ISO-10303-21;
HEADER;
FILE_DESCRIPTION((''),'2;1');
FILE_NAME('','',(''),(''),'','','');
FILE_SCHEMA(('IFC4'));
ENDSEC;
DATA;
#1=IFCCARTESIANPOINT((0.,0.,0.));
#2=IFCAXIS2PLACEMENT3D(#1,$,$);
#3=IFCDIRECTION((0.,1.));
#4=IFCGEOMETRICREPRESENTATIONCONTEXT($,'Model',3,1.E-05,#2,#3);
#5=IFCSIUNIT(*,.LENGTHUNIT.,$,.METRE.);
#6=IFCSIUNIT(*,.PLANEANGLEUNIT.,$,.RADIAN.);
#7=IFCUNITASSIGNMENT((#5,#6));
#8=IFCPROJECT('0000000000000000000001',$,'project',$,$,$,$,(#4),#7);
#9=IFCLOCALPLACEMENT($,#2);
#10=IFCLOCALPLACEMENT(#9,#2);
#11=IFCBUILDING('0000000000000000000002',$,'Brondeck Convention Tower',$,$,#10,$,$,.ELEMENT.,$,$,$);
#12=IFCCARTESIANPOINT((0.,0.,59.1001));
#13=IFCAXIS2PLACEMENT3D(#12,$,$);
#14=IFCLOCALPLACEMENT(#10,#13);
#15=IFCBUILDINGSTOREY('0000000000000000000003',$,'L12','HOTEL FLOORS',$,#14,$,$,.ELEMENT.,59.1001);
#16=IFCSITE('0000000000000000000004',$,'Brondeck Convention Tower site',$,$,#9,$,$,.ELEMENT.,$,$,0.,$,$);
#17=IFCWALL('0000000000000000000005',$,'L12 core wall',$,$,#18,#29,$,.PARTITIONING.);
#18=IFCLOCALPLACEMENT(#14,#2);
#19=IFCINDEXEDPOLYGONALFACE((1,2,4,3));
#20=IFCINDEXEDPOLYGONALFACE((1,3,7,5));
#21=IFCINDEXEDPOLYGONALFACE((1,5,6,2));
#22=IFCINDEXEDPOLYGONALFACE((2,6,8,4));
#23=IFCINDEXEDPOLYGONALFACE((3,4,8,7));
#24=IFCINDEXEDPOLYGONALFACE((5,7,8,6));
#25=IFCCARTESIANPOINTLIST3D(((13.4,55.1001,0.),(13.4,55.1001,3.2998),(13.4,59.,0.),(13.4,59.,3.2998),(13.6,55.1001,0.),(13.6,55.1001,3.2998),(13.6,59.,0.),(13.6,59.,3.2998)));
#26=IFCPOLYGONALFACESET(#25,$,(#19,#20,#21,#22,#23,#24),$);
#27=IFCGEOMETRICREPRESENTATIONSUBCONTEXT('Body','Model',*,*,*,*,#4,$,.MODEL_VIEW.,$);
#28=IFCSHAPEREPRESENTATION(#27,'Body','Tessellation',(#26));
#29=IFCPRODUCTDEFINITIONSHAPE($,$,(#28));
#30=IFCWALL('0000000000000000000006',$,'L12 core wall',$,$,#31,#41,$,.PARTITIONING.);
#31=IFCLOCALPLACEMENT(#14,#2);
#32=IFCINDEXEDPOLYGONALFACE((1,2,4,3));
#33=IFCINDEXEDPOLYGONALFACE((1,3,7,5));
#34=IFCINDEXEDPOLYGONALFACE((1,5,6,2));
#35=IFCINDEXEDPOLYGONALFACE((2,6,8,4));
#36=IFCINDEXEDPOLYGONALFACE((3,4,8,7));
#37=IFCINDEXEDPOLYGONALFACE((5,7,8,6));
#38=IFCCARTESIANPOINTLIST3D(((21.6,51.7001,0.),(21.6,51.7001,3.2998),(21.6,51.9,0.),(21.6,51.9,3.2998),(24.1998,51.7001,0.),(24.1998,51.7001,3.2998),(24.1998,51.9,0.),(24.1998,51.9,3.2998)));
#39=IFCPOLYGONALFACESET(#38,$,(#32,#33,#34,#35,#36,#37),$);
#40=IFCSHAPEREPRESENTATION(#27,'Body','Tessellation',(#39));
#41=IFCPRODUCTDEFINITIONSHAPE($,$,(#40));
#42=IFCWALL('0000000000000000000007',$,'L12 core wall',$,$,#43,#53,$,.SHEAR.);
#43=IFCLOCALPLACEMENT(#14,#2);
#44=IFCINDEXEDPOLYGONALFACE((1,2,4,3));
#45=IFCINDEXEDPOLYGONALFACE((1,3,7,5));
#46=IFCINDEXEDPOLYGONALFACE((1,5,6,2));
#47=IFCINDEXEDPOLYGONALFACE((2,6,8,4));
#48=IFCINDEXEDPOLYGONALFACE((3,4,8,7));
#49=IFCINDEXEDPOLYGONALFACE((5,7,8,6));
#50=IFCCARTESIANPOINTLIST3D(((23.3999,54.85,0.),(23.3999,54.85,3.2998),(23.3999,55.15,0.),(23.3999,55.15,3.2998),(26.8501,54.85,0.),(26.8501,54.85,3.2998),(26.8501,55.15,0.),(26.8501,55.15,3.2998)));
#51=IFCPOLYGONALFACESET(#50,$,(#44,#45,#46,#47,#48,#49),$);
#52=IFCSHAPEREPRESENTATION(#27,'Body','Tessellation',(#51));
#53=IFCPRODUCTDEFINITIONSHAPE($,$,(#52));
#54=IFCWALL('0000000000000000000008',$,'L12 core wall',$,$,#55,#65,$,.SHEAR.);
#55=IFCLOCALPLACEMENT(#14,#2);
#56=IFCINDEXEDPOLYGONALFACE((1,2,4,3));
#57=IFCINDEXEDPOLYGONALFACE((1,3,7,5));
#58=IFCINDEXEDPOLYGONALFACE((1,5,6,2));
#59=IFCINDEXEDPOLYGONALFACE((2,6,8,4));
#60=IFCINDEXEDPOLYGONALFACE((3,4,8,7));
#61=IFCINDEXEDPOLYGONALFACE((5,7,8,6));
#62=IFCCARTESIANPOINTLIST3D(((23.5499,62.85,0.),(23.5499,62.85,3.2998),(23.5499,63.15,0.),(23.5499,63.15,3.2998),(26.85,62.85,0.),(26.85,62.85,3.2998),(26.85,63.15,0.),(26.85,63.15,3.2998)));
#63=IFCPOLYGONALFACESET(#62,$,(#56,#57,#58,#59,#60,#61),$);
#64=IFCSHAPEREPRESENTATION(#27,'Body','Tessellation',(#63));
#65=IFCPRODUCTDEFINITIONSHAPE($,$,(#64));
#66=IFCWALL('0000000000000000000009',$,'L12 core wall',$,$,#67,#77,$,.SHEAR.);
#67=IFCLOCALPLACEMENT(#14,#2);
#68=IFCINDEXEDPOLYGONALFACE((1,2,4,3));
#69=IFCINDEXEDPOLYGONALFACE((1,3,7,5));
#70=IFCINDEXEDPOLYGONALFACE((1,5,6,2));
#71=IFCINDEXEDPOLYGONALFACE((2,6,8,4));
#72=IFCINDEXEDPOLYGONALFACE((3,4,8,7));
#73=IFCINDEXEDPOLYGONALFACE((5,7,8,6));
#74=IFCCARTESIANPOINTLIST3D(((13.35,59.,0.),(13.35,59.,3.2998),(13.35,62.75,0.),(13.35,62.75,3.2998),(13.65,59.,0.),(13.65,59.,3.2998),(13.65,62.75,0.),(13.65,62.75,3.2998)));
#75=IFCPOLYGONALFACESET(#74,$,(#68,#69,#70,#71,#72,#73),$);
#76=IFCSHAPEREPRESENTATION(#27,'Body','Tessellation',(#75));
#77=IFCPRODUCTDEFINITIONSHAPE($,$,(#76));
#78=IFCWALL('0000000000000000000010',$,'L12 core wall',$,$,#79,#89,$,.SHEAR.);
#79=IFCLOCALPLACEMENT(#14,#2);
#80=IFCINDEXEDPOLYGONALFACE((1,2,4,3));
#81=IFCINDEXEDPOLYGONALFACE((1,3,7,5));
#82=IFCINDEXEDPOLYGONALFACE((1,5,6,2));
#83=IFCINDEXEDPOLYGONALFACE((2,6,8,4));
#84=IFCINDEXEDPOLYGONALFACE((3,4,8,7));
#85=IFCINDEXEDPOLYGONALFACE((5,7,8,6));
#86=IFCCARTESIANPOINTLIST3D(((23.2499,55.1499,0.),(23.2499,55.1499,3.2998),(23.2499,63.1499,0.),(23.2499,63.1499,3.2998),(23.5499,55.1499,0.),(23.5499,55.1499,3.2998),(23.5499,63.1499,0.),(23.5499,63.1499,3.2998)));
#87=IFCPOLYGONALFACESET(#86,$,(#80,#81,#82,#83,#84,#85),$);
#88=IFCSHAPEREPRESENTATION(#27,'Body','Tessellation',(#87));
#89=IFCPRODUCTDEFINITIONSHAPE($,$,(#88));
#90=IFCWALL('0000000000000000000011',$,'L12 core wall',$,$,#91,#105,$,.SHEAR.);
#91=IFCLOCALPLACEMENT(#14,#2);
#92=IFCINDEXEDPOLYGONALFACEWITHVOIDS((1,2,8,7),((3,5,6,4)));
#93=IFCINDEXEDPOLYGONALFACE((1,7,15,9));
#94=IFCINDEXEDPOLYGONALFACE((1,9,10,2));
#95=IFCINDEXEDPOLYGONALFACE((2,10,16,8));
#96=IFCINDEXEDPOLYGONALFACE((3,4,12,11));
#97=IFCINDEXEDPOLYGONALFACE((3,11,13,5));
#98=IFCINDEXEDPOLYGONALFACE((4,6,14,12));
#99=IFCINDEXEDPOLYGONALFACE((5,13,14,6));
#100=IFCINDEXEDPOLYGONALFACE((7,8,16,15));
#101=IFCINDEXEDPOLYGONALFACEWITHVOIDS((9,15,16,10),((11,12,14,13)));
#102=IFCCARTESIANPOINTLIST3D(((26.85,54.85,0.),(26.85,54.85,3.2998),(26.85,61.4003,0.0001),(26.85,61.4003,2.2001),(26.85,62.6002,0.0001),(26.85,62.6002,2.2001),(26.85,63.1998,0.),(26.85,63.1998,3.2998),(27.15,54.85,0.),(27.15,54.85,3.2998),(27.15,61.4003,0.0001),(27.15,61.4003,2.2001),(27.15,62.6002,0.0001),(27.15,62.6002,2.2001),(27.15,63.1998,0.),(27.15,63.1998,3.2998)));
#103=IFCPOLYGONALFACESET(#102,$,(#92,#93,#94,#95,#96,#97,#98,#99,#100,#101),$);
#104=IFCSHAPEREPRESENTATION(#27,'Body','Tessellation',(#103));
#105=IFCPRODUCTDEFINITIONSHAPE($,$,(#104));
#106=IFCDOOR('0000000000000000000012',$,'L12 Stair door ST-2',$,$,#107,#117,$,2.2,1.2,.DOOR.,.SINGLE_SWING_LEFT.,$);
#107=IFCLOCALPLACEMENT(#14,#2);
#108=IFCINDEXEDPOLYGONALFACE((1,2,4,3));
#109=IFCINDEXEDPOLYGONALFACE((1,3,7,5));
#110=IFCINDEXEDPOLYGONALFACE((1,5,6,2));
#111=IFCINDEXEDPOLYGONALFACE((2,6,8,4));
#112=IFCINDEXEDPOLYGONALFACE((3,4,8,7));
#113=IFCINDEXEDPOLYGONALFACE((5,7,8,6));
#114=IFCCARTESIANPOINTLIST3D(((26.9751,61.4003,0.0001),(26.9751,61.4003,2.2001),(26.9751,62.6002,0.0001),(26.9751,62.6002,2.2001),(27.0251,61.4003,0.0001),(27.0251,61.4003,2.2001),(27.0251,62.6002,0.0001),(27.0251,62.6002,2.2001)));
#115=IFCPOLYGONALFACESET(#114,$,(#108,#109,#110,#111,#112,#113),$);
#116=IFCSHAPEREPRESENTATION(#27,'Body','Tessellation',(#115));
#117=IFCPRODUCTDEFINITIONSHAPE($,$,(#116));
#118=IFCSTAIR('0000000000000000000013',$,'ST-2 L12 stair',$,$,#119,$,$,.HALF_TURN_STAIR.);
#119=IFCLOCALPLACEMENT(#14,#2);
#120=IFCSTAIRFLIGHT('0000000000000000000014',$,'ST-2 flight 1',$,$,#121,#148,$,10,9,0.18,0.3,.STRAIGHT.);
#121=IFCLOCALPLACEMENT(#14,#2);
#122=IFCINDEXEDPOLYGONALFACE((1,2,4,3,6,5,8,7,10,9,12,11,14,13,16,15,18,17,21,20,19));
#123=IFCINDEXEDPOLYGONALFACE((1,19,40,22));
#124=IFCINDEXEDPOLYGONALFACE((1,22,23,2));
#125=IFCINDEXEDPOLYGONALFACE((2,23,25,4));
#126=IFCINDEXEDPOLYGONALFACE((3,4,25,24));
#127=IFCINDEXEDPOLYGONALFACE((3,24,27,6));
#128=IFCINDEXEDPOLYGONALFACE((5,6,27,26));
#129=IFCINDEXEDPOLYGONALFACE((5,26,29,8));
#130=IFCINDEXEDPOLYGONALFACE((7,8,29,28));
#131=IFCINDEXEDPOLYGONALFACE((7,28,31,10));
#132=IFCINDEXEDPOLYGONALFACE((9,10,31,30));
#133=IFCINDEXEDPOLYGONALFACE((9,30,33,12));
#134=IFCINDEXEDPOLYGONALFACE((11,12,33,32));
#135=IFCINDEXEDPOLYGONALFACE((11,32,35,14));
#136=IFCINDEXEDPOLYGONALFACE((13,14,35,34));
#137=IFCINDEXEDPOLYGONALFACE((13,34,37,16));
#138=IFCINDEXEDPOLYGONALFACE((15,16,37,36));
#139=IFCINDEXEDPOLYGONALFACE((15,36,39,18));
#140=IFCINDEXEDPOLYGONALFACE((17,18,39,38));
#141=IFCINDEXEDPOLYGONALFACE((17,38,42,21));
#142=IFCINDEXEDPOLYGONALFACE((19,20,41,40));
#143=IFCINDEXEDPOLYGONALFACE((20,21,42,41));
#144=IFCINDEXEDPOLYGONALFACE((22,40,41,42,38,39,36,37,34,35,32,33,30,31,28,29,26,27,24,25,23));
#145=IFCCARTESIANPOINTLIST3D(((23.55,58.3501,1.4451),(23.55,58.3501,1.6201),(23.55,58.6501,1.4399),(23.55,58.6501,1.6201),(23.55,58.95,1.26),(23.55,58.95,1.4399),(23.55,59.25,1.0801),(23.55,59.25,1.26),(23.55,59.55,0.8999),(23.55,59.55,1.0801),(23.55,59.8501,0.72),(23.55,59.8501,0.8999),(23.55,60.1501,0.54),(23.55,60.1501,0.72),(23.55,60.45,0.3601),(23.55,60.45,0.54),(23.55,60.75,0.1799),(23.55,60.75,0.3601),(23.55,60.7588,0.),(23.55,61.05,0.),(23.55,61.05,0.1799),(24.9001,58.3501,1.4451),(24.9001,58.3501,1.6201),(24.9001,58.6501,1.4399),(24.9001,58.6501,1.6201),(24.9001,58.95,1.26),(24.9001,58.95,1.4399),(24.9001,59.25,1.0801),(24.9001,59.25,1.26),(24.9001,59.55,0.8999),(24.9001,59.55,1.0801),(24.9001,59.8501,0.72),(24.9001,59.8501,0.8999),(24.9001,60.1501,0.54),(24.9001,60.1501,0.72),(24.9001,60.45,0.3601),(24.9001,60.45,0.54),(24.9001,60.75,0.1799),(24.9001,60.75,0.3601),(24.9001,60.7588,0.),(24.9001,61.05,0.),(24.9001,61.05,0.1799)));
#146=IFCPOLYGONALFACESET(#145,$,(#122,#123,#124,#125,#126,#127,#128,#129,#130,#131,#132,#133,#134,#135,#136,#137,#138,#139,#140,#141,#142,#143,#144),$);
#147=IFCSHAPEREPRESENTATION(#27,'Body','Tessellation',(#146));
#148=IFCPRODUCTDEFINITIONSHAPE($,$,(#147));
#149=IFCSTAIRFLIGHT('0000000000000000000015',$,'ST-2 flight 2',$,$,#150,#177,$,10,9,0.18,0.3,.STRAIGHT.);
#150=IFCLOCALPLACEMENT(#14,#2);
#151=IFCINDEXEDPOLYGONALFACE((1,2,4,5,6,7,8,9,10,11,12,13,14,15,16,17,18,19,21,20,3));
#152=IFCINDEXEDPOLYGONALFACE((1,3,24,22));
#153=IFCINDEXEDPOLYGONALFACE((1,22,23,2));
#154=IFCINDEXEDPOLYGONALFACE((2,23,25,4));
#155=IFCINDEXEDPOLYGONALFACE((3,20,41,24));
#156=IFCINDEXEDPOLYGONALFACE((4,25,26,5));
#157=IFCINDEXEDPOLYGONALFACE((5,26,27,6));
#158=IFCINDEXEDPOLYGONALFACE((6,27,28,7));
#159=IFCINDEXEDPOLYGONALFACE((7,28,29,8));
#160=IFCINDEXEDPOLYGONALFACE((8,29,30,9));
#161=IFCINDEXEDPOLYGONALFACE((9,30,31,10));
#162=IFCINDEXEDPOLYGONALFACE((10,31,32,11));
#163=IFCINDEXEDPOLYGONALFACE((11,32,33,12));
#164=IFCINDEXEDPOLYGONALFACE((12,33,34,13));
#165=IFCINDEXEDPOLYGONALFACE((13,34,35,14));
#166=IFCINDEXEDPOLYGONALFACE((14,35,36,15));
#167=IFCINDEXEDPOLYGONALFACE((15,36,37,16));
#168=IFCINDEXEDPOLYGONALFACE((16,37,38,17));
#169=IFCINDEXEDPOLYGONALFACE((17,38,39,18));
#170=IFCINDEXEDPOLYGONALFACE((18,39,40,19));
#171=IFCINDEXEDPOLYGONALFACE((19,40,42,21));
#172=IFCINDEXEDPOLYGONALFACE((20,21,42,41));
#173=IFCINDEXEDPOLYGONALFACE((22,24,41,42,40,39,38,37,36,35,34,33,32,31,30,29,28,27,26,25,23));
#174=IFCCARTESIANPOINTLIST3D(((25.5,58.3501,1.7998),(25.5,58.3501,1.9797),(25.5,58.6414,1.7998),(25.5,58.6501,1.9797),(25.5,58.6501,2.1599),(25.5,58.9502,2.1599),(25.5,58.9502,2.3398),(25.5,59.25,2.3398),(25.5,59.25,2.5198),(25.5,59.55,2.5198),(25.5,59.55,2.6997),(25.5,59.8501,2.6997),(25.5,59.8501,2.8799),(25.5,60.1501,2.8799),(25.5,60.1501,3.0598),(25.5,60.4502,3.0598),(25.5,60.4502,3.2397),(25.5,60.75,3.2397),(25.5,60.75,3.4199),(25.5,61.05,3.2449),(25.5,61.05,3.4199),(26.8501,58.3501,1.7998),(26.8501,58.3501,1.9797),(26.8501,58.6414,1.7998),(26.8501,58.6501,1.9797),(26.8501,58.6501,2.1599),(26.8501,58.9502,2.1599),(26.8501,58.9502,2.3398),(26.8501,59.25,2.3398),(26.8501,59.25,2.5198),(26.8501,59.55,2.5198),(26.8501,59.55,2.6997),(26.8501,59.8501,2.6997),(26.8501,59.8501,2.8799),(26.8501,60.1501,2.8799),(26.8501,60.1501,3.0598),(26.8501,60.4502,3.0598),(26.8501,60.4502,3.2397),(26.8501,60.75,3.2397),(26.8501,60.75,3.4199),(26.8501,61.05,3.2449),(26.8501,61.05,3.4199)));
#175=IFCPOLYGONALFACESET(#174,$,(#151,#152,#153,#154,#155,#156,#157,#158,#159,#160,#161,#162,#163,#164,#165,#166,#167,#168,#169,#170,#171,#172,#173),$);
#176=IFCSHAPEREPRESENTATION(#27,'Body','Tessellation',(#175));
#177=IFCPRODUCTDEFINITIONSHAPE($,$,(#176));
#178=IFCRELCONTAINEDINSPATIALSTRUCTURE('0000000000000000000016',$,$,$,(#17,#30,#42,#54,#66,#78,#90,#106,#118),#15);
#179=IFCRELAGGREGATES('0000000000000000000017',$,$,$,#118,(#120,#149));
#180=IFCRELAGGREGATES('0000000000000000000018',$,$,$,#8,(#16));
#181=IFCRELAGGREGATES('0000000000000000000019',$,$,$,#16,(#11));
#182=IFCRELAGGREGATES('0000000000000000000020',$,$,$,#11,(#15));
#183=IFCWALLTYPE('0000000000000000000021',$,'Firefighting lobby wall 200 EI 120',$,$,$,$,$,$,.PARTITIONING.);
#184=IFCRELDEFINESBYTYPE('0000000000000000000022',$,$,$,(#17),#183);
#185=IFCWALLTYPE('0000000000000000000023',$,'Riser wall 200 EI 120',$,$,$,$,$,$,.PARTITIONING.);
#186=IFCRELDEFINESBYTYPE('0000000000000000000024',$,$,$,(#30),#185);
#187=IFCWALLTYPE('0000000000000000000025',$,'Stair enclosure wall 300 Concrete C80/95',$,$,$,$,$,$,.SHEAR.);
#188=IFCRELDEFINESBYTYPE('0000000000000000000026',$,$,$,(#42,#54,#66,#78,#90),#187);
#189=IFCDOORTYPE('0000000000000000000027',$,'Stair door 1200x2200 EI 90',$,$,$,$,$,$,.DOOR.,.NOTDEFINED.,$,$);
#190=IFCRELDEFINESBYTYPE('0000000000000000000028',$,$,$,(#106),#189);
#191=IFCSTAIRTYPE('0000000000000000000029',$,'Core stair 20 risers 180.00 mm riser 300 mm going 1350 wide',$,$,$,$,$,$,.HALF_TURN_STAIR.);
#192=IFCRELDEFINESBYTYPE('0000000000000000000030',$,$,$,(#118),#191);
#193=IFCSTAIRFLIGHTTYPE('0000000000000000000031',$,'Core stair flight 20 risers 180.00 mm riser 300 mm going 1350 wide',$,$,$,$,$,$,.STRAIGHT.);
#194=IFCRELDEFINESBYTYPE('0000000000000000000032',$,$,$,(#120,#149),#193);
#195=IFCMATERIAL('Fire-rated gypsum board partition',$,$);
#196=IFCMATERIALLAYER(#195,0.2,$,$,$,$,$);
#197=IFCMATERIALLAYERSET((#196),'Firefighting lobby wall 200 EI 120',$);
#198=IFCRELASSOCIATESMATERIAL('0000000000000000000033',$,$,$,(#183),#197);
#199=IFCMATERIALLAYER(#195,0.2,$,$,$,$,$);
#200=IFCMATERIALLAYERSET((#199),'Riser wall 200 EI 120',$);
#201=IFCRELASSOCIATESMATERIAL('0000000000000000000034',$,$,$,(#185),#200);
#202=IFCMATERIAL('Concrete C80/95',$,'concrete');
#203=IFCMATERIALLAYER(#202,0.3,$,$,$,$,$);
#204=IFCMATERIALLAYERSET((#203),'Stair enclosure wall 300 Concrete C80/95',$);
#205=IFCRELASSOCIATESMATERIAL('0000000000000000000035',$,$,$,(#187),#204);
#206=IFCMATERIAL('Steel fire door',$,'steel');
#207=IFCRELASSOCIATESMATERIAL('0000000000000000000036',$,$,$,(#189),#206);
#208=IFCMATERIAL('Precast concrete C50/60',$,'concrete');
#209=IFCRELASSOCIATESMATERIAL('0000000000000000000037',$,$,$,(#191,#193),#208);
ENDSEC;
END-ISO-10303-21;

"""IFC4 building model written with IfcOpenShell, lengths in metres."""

from ifc_helpers import new_model, si_unit, direction, frame, frame_2d, origin, place, context, subcontext, project, spatial, polyline, rectangle, outline, extrude, material, layer, layer_set, type_object, element, fill, aggregate, save


model = new_model("IFC4")

# Units and contexts
model_context = context("Model", 3, precision=1e-05, world=origin(), true_north=direction((0.0, 1.0)))
body_context = subcontext(model_context, "Body", "Model", "MODEL_VIEW")
ifc_project = project(units=[si_unit("LENGTHUNIT", "METRE"), si_unit("PLANEANGLEUNIT", "RADIAN")], contexts=[model_context])

# Site, building, storey
site_placement = place(None, origin())
site = spatial("IfcSite", under=ifc_project, at=site_placement, Name="Brondeck Convention Tower site", CompositionType="ELEMENT", RefElevation=0.0)
building_placement = place(site_placement, origin())
building = spatial("IfcBuilding", under=site, at=building_placement, Name="Brondeck Convention Tower", CompositionType="ELEMENT")
storey_placement = place(building_placement, frame((0.0, 0.0, 59.1001)))
storey = spatial("IfcBuildingStorey", under=building, at=storey_placement, Name="L12", Description="HOTEL FLOORS", CompositionType="ELEMENT", Elevation=59.1001)

# Shared definitions
ifc_material_1 = material(Name="Concrete C80/95", Category="concrete")

# Shared definitions
ifc_material_2 = material(Name="Fire-rated gypsum board partition")
ifc_material_3 = material(Name="Steel fire door", Category="steel")

# Walls
ifc_layer_1 = layer(ifc_material_2, 0.2)
ifc_layer_set_1 = layer_set([ifc_layer_1], Name="Firefighting lobby wall 200 EI 120")
wall_type_1 = type_object("IfcWallType", Name="Firefighting lobby wall 200 EI 120", PredefinedType="PARTITIONING", material=ifc_layer_set_1)
wall_1_placement = place(storey_placement, frame((13.5, 55.1001, 0.0), z_axis=(0.0, 0.0, 1.0), x_axis=(0.0, 1.0, 0.0)))
element("IfcWall", 1, at=wall_1_placement, inside=storey, type_object=wall_type_1, Name="L12 core wall", PredefinedType="PARTITIONING", context=body_context, shape_type="SweptSolid", body=[
    extrude(rectangle(XDim=3.8999, YDim=0.2, at=frame_2d((1.95, 0.0))), origin(), (0.0, 0.0, 1.0), 3.2998),
])
ifc_layer_2 = layer(ifc_material_2, 0.2)
ifc_layer_set_2 = layer_set([ifc_layer_2], Name="Riser wall 200 EI 120")
wall_type_2 = type_object("IfcWallType", Name="Riser wall 200 EI 120", PredefinedType="PARTITIONING", material=ifc_layer_set_2)
wall_2_placement = place(storey_placement, frame((21.6001, 51.8, 0.0), z_axis=(0.0, 0.0, 1.0), x_axis=(1.0, 0.0, 0.0)))
element("IfcWall", 2, at=wall_2_placement, inside=storey, type_object=wall_type_2, Name="L12 core wall", PredefinedType="PARTITIONING", context=body_context, shape_type="SweptSolid", body=[
    extrude(rectangle(XDim=2.5999, YDim=0.2, at=frame_2d((1.2998, 0.0))), origin(), (0.0, 0.0, 1.0), 3.2998),
])
ifc_layer_3 = layer(ifc_material_1, 0.3)
ifc_layer_set_3 = layer_set([ifc_layer_3], Name="Stair enclosure wall 300 Concrete C80/95")
wall_type_3 = type_object("IfcWallType", Name="Stair enclosure wall 300 Concrete C80/95", PredefinedType="SHEAR", material=ifc_layer_set_3)
wall_3_placement = place(storey_placement, frame((23.3999, 55.0, 0.0), z_axis=(0.0, 0.0, 1.0), x_axis=(1.0, 0.0, 0.0)))
element("IfcWall", 3, at=wall_3_placement, inside=storey, type_object=wall_type_3, Name="L12 core wall", PredefinedType="SHEAR", context=body_context, shape_type="SweptSolid", body=[
    extrude(rectangle(XDim=3.4502, YDim=0.3, at=frame_2d((1.7251, 0.0))), origin(), (0.0, 0.0, 1.0), 3.2998),
])
wall_4_placement = place(storey_placement, frame((23.55, 63.0, 0.0), z_axis=(0.0, 0.0, 1.0), x_axis=(1.0, 0.0, 0.0)))
element("IfcWall", 4, at=wall_4_placement, inside=storey, type_object=wall_type_3, Name="L12 core wall", PredefinedType="SHEAR", context=body_context, shape_type="SweptSolid", body=[
    extrude(rectangle(XDim=3.3, YDim=0.3, at=frame_2d((1.6499, 0.0))), origin(), (0.0, 0.0, 1.0), 3.2998),
])
wall_5_placement = place(storey_placement, frame((13.5, 59.0, 0.0), z_axis=(0.0, 0.0, 1.0), x_axis=(0.0, 1.0, 0.0)))
element("IfcWall", 5, at=wall_5_placement, inside=storey, type_object=wall_type_3, Name="L12 core wall", PredefinedType="SHEAR", context=body_context, shape_type="SweptSolid", body=[
    extrude(rectangle(XDim=3.75, YDim=0.3, at=frame_2d((1.875, 0.0))), origin(), (0.0, 0.0, 1.0), 3.2998),
])
wall_6_placement = place(storey_placement, frame((23.3999, 55.1499, 0.0), z_axis=(0.0, 0.0, 1.0), x_axis=(0.0, 1.0, 0.0)))
element("IfcWall", 6, at=wall_6_placement, inside=storey, type_object=wall_type_3, Name="L12 core wall", PredefinedType="SHEAR", context=body_context, shape_type="SweptSolid", body=[
    extrude(rectangle(XDim=8.0, YDim=0.3, at=frame_2d((4.0, 0.0))), origin(), (0.0, 0.0, 1.0), 3.2998),
])

# Wall, opening, door
wall_7_placement = place(storey_placement, frame((27.0, 54.8501, 0.0), z_axis=(0.0, 0.0, 1.0), x_axis=(0.0, 1.0, 0.0)))
wall_7 = element("IfcWall", 7, at=wall_7_placement, inside=storey, type_object=wall_type_3, Name="L12 core wall", PredefinedType="SHEAR", context=body_context, shape_type="SweptSolid", body=[
    extrude(rectangle(XDim=8.3499, YDim=0.3, at=frame_2d((4.1748, 0.0))), origin(), (0.0, 0.0, 1.0), 3.2998),
])
opening_1_placement = place(wall_7_placement, frame((6.55, 0.0, 0.0)))
opening_1 = element("IfcOpeningElement", 8, at=opening_1_placement, cuts=wall_7, PredefinedType="OPENING", context=body_context, shape_type="SweptSolid", body=[
    extrude(rectangle(XDim=1.2, YDim=2.2, at=frame_2d((0.6001, 1.1001))), frame((0.0, 0.1599, 0.0), z_axis=(0.0, -1.0, 0.0), x_axis=(1.0, 0.0, 0.0)), (0.0, 0.0, 1.0), 0.3201),
])
door_type_1 = type_object("IfcDoorType", Name="Stair door 1200x2200 EI 90", OperationType="NOTDEFINED", PredefinedType="DOOR", material=ifc_material_3)
door_1_placement = place(opening_1_placement, origin())
door_1 = element("IfcDoor", 9, at=door_1_placement, inside=storey, type_object=door_type_1, Name="L12 Stair door ST-2", OperationType="SINGLE_SWING_LEFT", OverallHeight=2.2, OverallWidth=1.2, PredefinedType="DOOR", context=body_context, shape_type="SweptSolid", body=[
    extrude(rectangle(XDim=1.2, YDim=2.2, at=frame_2d((0.6001, 1.1001))), frame((0.0, 0.0249, 0.0), z_axis=(0.0, -1.0, 0.0), x_axis=(1.0, 0.0, 0.0)), (0.0, 0.0, 1.0), 0.05),
])
fill(opening_1, door_1)

# Stair, stair flights
ifc_material_4 = material(Name="Precast concrete C50/60", Category="concrete")
stair_type = type_object("IfcStairType", Name="Core stair 20 risers 180.00 mm riser 300 mm going 1350 wide", PredefinedType="HALF_TURN_STAIR", material=ifc_material_4)
stair_1_placement = place(storey_placement, origin())
stair_1 = element("IfcStair", 10, at=stair_1_placement, inside=storey, type_object=stair_type, Name="ST-2 L12 stair", PredefinedType="HALF_TURN_STAIR")
stair_flight_type = type_object("IfcStairFlightType", Name="Core stair flight 20 risers 180.00 mm riser 300 mm going 1350 wide", PredefinedType="STRAIGHT", material=ifc_material_4)
stair_flight_1_placement = place(storey_placement, frame((24.2251, 61.05, 0.0), z_axis=(0.0, 0.0, 1.0), x_axis=(0.0, -1.0, 0.0)))
stair_flight_1 = element("IfcStairFlight", 11, at=stair_flight_1_placement, type_object=stair_flight_type, Name="ST-2 flight 1", NumberOfRisers=10, NumberOfTreads=9, PredefinedType="STRAIGHT", RiserHeight=0.18, TreadLength=0.3, context=body_context, shape_type="SweptSolid", body=[
    extrude(outline(polyline([(0.0, 0.0), (0.0, 0.1799), (0.3, 0.1799), (0.3, 0.3601), (0.6001, 0.3601), (0.6001, 0.54), (0.8999, 0.54), (0.8999, 0.72), (1.2, 0.72), (1.2, 0.8999), (1.5, 0.8999), (1.5, 1.0801), (1.8, 1.0801), (1.8, 1.26), (2.1001, 1.26), (2.1001, 1.4399), (2.3999, 1.4399), (2.3999, 1.6201), (2.7, 1.6201), (2.7, 1.8), (2.7, 1.4451), (0.2913, 0.0), (0.0, 0.0)])), frame((0.0, 0.675, 0.0), z_axis=(0.0, -1.0, 0.0), x_axis=(1.0, 0.0, 0.0)), (0.0, 0.0, 1.0), 1.3501),
])
stair_flight_2_placement = place(storey_placement, frame((26.175, 58.3501, 1.7998), z_axis=(0.0, 0.0, 1.0), x_axis=(0.0, 1.0, 0.0)))
stair_flight_2 = element("IfcStairFlight", 12, at=stair_flight_2_placement, type_object=stair_flight_type, Name="ST-2 flight 2", NumberOfRisers=10, NumberOfTreads=9, PredefinedType="STRAIGHT", RiserHeight=0.18, TreadLength=0.3, context=body_context, shape_type="SweptSolid", body=[
    extrude(outline(polyline([(0.0, 0.0), (0.0, 0.1799), (0.3, 0.1799), (0.3, 0.3601), (0.6001, 0.3601), (0.6001, 0.54), (0.8999, 0.54), (0.8999, 0.72), (1.2, 0.72), (1.2, 0.8999), (1.5, 0.8999), (1.5, 1.0801), (1.8, 1.0801), (1.8, 1.26), (2.1001, 1.26), (2.1001, 1.4399), (2.3999, 1.4399), (2.3999, 1.6201), (2.7, 1.6201), (2.7, 1.8), (2.7, 1.4451), (0.2913, 0.0), (0.0, 0.0)])), frame((0.0, 0.675, 0.0), z_axis=(0.0, -1.0, 0.0), x_axis=(1.0, 0.0, 0.0)), (0.0, 0.0, 1.0), 1.3501),
])
aggregate(stair_1, [stair_flight_1, stair_flight_2])

save(model, "model.ifc")
